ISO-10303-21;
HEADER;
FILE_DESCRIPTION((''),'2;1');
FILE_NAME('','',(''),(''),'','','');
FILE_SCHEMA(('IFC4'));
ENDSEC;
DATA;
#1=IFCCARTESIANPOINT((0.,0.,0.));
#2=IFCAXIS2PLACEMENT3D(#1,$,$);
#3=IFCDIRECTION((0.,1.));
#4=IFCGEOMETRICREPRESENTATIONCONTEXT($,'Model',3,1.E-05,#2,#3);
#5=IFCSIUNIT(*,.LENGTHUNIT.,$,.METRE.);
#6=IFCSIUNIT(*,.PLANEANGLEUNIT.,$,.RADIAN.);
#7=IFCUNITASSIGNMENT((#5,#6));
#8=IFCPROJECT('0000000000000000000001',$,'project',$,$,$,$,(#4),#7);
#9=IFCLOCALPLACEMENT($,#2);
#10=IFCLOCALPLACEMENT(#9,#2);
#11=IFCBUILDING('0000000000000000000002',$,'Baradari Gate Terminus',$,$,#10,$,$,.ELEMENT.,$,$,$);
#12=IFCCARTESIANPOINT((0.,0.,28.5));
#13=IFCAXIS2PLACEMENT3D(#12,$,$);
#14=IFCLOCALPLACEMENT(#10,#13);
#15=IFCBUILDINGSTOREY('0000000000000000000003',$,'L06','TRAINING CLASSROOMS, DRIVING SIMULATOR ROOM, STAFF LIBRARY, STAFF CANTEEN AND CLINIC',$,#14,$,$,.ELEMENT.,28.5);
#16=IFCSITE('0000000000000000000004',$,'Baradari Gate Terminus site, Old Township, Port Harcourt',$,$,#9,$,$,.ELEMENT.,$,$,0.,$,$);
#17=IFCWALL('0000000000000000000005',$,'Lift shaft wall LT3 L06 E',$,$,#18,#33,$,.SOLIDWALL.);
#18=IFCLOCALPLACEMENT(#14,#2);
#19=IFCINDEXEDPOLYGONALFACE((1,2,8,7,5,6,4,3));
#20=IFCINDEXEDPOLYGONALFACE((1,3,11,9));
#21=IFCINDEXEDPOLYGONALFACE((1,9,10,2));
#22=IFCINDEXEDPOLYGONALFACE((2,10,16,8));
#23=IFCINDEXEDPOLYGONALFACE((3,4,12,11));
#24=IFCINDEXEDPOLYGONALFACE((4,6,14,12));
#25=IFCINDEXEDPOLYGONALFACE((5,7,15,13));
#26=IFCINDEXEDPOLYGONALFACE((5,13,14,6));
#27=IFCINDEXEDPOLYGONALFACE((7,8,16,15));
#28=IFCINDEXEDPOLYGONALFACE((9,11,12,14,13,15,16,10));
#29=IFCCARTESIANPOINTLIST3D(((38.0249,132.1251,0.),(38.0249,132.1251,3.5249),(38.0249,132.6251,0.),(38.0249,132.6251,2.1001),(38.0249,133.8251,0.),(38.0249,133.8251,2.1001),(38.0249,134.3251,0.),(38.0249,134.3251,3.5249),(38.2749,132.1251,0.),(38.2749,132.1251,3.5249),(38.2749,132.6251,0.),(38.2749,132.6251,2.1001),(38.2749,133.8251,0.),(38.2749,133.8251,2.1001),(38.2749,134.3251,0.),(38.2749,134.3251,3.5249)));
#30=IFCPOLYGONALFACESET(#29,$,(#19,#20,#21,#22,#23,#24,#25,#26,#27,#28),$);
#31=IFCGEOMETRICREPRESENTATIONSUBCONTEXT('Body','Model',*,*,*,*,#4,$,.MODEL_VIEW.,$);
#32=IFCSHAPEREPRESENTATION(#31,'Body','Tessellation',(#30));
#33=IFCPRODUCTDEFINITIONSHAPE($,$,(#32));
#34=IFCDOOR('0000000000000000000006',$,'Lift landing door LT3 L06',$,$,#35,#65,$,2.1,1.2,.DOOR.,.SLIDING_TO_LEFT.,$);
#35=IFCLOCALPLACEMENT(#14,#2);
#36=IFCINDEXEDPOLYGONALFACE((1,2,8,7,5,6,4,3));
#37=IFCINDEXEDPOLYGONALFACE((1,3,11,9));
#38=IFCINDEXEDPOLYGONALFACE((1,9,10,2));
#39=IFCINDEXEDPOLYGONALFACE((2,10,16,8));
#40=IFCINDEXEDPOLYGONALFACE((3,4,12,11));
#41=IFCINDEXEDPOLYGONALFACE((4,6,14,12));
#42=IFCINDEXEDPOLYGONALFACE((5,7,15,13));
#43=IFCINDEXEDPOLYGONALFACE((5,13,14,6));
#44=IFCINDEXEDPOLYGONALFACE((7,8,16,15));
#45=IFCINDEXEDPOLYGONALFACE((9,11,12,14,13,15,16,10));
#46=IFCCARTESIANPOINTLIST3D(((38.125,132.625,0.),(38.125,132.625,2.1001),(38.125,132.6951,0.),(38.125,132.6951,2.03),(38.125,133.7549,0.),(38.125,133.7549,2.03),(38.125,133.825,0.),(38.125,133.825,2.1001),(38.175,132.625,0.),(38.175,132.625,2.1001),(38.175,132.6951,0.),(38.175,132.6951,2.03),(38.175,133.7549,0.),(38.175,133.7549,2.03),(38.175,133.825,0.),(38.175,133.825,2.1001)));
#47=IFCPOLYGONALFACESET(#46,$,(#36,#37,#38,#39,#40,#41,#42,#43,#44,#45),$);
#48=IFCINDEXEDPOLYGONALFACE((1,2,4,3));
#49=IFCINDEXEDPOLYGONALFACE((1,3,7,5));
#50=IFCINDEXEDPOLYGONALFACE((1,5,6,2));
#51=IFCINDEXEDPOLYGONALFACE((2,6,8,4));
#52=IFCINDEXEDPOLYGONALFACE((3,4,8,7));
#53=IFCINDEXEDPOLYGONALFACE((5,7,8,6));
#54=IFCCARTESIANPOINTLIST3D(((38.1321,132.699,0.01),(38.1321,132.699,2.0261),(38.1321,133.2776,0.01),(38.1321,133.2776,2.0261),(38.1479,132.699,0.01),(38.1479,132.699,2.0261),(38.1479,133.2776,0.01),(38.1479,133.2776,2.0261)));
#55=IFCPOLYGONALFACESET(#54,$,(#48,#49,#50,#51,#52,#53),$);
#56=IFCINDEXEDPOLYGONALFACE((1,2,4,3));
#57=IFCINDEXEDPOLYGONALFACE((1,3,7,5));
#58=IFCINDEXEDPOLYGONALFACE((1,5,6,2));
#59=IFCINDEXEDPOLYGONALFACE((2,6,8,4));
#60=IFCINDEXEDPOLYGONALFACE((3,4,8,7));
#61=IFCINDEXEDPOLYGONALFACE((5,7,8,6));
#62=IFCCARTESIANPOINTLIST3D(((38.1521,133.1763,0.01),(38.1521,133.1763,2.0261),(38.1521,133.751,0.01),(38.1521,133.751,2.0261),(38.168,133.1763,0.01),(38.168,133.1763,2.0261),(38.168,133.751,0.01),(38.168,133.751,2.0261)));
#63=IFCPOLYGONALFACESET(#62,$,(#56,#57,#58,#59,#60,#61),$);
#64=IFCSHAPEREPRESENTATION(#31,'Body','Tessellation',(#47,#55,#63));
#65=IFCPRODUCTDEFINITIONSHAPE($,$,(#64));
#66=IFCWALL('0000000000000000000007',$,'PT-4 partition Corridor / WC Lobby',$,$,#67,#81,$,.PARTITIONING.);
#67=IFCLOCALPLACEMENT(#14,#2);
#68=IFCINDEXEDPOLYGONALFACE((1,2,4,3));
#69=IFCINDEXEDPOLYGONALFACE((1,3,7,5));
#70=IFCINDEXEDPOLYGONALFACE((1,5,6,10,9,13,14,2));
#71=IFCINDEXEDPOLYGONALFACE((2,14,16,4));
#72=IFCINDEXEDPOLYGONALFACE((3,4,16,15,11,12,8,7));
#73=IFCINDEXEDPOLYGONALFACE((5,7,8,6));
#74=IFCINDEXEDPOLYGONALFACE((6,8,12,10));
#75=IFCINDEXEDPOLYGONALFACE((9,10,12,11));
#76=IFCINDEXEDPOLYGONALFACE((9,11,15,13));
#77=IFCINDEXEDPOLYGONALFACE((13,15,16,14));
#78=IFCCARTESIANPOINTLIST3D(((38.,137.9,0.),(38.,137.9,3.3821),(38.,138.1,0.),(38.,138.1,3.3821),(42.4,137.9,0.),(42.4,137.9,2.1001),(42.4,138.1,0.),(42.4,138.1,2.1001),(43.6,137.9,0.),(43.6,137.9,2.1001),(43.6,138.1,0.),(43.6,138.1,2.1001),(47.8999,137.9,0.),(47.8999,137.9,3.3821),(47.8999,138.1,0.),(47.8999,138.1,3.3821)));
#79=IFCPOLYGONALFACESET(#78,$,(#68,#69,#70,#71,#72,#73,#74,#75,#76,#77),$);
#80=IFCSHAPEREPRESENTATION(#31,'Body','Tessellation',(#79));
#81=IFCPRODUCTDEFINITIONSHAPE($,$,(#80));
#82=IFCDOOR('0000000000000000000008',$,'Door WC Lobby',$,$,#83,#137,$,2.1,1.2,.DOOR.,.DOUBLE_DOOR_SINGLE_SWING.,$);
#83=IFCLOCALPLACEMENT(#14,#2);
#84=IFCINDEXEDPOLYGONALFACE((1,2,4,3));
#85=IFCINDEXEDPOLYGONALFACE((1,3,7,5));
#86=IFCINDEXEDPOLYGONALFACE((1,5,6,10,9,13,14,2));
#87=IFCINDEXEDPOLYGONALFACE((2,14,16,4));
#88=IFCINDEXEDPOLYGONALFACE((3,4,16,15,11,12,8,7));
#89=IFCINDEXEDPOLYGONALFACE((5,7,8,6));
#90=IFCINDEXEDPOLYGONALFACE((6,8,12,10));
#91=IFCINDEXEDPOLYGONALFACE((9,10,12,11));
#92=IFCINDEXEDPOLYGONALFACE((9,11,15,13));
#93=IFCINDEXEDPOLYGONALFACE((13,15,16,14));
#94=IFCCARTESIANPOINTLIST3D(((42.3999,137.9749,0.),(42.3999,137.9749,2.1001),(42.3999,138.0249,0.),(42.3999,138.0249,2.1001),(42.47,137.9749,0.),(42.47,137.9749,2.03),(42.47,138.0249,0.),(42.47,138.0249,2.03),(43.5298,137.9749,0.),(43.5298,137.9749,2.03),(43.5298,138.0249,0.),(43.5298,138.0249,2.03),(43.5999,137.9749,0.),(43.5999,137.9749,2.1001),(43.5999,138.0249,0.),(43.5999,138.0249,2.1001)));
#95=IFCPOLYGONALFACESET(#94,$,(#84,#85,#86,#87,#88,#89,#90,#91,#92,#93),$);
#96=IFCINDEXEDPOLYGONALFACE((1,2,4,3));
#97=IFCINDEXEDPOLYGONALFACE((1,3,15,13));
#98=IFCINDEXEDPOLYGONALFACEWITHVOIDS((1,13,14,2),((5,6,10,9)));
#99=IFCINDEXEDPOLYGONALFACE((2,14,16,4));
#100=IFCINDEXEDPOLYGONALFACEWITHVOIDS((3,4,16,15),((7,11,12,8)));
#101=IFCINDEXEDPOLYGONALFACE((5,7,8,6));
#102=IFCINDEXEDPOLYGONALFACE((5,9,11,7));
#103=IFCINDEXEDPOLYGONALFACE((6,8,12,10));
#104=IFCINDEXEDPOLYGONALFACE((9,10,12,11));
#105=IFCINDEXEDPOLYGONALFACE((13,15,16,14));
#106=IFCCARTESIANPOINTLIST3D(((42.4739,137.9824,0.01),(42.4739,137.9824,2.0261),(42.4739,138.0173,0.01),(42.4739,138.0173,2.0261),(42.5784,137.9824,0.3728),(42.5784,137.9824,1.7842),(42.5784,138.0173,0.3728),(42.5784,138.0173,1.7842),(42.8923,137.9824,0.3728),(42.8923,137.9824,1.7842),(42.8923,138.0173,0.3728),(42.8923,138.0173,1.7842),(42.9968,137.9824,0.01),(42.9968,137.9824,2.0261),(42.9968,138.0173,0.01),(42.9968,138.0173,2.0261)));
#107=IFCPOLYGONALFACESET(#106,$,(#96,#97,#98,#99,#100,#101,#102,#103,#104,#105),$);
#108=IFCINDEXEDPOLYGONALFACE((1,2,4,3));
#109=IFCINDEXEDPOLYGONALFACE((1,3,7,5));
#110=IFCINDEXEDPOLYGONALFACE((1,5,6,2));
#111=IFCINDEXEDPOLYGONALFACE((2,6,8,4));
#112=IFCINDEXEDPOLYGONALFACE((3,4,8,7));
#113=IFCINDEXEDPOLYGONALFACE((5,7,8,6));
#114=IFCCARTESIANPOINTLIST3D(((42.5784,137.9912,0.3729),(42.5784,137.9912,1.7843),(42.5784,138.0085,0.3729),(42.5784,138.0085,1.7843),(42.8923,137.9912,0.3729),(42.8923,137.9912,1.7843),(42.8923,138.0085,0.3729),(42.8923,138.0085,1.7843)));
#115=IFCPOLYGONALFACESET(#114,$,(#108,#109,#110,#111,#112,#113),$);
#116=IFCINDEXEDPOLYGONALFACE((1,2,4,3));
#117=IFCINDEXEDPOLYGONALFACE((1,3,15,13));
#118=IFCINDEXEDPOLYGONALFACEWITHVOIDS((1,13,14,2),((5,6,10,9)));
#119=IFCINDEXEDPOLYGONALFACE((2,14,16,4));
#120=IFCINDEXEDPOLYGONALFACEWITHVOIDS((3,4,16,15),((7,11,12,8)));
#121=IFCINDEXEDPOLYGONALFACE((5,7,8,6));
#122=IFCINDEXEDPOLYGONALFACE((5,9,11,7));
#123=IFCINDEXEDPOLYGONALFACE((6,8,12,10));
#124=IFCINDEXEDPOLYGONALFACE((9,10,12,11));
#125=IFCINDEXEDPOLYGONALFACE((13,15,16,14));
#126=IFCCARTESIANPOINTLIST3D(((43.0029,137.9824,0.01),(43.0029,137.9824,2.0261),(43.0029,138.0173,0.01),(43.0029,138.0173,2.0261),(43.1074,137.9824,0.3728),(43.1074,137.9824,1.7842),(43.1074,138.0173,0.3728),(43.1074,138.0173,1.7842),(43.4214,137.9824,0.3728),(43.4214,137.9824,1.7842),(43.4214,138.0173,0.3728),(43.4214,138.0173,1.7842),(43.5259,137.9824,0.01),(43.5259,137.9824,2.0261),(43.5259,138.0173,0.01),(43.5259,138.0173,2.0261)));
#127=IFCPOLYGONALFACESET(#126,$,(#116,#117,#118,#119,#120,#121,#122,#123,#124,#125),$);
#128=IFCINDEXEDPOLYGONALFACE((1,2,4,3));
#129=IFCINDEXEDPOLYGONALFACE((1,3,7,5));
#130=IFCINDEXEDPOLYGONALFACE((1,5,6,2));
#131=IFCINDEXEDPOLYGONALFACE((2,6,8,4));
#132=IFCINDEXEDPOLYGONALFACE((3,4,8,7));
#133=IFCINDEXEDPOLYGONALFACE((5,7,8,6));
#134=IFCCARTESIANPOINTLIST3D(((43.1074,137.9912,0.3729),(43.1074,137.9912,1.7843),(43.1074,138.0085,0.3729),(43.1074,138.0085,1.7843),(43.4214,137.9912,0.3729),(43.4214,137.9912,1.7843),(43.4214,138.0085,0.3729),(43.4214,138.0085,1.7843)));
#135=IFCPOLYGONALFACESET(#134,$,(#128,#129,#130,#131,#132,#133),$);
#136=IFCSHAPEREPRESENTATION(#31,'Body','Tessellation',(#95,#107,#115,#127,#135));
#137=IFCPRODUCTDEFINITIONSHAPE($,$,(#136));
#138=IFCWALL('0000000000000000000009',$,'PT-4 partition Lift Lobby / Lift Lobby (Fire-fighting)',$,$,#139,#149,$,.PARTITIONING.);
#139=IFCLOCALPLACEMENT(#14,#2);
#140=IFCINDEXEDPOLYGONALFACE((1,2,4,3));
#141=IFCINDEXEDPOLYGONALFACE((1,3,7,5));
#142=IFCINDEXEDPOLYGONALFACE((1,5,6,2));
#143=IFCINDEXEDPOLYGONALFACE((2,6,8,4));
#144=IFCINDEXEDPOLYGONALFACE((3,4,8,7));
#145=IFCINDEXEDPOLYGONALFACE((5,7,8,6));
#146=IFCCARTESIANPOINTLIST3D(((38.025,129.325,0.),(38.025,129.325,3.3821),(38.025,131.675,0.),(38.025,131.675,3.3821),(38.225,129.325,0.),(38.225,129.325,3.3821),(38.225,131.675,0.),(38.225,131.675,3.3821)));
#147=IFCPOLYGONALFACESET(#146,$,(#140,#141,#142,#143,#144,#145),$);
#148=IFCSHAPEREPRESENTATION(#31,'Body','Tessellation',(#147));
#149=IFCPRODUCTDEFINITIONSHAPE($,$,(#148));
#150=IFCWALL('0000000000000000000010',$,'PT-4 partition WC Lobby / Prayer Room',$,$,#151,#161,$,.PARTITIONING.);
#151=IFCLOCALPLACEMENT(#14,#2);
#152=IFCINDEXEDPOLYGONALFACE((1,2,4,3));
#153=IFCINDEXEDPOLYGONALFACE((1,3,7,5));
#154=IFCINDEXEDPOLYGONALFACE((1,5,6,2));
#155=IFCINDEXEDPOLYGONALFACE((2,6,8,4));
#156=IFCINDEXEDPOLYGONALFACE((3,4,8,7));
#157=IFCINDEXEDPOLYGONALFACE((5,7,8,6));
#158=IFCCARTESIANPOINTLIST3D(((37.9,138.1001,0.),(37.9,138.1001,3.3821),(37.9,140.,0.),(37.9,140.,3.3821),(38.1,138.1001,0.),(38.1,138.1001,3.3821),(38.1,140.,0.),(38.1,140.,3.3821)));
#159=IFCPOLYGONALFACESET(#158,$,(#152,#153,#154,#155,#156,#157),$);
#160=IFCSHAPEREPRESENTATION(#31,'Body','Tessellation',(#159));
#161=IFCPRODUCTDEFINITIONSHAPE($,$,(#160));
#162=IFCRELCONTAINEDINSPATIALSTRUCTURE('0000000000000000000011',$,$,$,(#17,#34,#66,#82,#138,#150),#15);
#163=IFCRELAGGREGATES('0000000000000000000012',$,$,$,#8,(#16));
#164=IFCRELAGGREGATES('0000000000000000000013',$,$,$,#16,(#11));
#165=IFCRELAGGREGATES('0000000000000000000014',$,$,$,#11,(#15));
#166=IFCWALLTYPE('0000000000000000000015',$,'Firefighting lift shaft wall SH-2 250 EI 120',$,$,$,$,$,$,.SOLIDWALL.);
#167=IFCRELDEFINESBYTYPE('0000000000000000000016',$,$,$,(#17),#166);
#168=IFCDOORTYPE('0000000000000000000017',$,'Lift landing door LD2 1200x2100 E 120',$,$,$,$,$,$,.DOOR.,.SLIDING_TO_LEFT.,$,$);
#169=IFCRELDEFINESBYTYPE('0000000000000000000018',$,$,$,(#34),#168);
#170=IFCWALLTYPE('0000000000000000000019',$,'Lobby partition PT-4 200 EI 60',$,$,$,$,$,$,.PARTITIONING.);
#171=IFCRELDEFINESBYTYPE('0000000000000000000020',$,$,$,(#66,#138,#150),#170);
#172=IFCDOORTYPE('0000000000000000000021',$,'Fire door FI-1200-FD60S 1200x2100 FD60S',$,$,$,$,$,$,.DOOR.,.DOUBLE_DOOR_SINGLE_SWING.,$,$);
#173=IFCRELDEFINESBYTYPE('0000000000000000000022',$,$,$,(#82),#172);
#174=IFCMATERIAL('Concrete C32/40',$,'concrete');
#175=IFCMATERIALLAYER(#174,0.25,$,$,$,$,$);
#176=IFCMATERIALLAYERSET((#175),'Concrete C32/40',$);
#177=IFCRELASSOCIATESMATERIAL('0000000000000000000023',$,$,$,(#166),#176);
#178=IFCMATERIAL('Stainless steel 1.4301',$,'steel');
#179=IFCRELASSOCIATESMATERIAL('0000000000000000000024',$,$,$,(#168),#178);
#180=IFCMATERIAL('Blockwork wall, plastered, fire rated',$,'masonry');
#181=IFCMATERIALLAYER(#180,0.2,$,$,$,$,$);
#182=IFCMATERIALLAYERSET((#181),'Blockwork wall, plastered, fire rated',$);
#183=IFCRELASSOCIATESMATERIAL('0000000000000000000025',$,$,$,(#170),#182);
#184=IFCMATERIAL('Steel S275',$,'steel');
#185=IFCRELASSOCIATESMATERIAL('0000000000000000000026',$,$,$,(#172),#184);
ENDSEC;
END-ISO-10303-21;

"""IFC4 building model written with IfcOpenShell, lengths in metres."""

from ifc_helpers import new_model, si_unit, direction, frame, frame_2d, origin, place, context, subcontext, project, spatial, polyline, rectangle, outline, extrude, material, layer, layer_set, type_object, element, fill, save


model = new_model("IFC4")

# Units and contexts
model_context = context("Model", 3, precision=1e-05, world=origin(), true_north=direction((0.0, 1.0)))
body_context = subcontext(model_context, "Body", "Model", "MODEL_VIEW")
ifc_project = project(units=[si_unit("LENGTHUNIT", "METRE"), si_unit("PLANEANGLEUNIT", "RADIAN")], contexts=[model_context])

# Site, building, storey
site_placement = place(None, origin())
site = spatial("IfcSite", under=ifc_project, at=site_placement, Name="Baradari Gate Terminus site, Old Township, Port Harcourt", CompositionType="ELEMENT", RefElevation=0.0)
building_placement = place(site_placement, origin())
building = spatial("IfcBuilding", under=site, at=building_placement, Name="Baradari Gate Terminus", CompositionType="ELEMENT")
storey_placement = place(building_placement, frame((0.0, 0.0, 28.5)))
storey = spatial("IfcBuildingStorey", under=building, at=storey_placement, Name="L06", Description="TRAINING CLASSROOMS, DRIVING SIMULATOR ROOM, STAFF LIBRARY, STAFF CANTEEN AND CLINIC", CompositionType="ELEMENT", Elevation=28.5)

# Shared definitions
ifc_material_1 = material(Name="Concrete C32/40", Category="concrete")
ifc_layer_1 = layer(ifc_material_1, 0.25)
ifc_layer_set_1 = layer_set([ifc_layer_1], Name="Concrete C32/40")
wall_type_1 = type_object("IfcWallType", Name="Firefighting lift shaft wall SH-2 250 EI 120", PredefinedType="SOLIDWALL", material=ifc_layer_set_1)

# Walls, openings, doors
wall_1_placement = place(storey_placement, frame((38.1499, 132.125, 0.0), z_axis=(0.0, 0.0, 1.0), x_axis=(0.0, 1.0, 0.0)))
wall_1 = element("IfcWall", 1, at=wall_1_placement, inside=storey, type_object=wall_type_1, Name="Lift shaft wall LT3 L06 E", PredefinedType="SOLIDWALL", context=body_context, shape_type="SweptSolid", body=[
    extrude(rectangle(XDim=2.2, YDim=0.25, at=frame_2d((1.1001, 0.0))), origin(), (0.0, 0.0, 1.0), 3.5249),
])
opening_1_placement = place(wall_1_placement, frame((0.5, 0.0, 0.0)))
opening_1 = element("IfcOpeningElement", 2, at=opening_1_placement, cuts=wall_1, PredefinedType="OPENING", context=body_context, shape_type="SweptSolid", body=[
    extrude(rectangle(XDim=1.2, YDim=2.1001, at=frame_2d((0.6001, 1.05))), frame((0.0, 0.135, 0.0), z_axis=(0.0, -1.0, 0.0), x_axis=(1.0, 0.0, 0.0)), (0.0, 0.0, 1.0), 0.27),
])
ifc_material_2 = material(Name="Stainless steel 1.4301", Category="steel")
door_type_1 = type_object("IfcDoorType", Name="Lift landing door LD2 1200x2100 E 120", OperationType="SLIDING_TO_LEFT", PredefinedType="DOOR", material=ifc_material_2)
door_1_placement = place(opening_1_placement, origin())
door_1 = element("IfcDoor", 3, at=door_1_placement, inside=storey, type_object=door_type_1, Name="Lift landing door LT3 L06", OperationType="SLIDING_TO_LEFT", OverallHeight=2.1, OverallWidth=1.2, PredefinedType="DOOR", context=body_context, shape_type="SweptSolid", body=[
    extrude(outline(polyline([(0.0, 0.0), (0.0701, 0.0), (0.0701, 2.03), (1.1299, 2.03), (1.1299, 0.0), (1.2, 0.0), (1.2, 2.1001), (0.0, 2.1001), (0.0, 0.0)])), frame((0.0, 0.0249, 0.0), z_axis=(0.0, -1.0, 0.0), x_axis=(1.0, 0.0, 0.0)), (0.0, 0.0, 1.0), 0.05),
    extrude(rectangle(XDim=0.5786, YDim=2.0161, at=frame_2d((0.3633, 1.0181))), frame((0.0, 0.0178, 0.0), z_axis=(0.0, -1.0, 0.0), x_axis=(1.0, 0.0, 0.0)), (0.0, 0.0, 1.0), 0.0159),
    extrude(rectangle(XDim=0.5747, YDim=2.0161, at=frame_2d((0.8386, 1.0181))), frame((0.0, -0.0022, 0.0), z_axis=(0.0, -1.0, 0.0), x_axis=(1.0, 0.0, 0.0)), (0.0, 0.0, 1.0), 0.0159),
])
fill(opening_1, door_1)
ifc_material_3 = material(Name="Blockwork wall, plastered, fire rated", Category="masonry")
ifc_layer_2 = layer(ifc_material_3, 0.2)
ifc_layer_set_2 = layer_set([ifc_layer_2], Name="Blockwork wall, plastered, fire rated")
wall_type_2 = type_object("IfcWallType", Name="Lobby partition PT-4 200 EI 60", PredefinedType="PARTITIONING", material=ifc_layer_set_2)
wall_2_placement = place(storey_placement, frame((38.0, 138.0, 0.0), z_axis=(0.0, 0.0, 1.0), x_axis=(1.0, 0.0, 0.0)))
wall_2 = element("IfcWall", 4, at=wall_2_placement, inside=storey, type_object=wall_type_2, Name="PT-4 partition Corridor / WC Lobby", PredefinedType="PARTITIONING", context=body_context, shape_type="SweptSolid", body=[
    extrude(rectangle(XDim=9.8999, YDim=0.2, at=frame_2d((4.95, 0.0))), origin(), (0.0, 0.0, 1.0), 3.3821),
])
opening_2_placement = place(wall_2_placement, frame((4.3999, 0.0, 0.0)))
opening_2 = element("IfcOpeningElement", 5, at=opening_2_placement, cuts=wall_2, PredefinedType="OPENING", context=body_context, shape_type="SweptSolid", body=[
    extrude(rectangle(XDim=1.2, YDim=2.1001, at=frame_2d((0.6001, 1.05))), frame((0.0, 0.1099, 0.0), z_axis=(0.0, -1.0, 0.0), x_axis=(1.0, 0.0, 0.0)), (0.0, 0.0, 1.0), 0.22),
])
ifc_material_4 = material(Name="Steel S275", Category="steel")
door_type_2 = type_object("IfcDoorType", Name="Fire door FI-1200-FD60S 1200x2100 FD60S", OperationType="DOUBLE_DOOR_SINGLE_SWING", PredefinedType="DOOR", material=ifc_material_4)
door_2_placement = place(opening_2_placement, origin())
door_2 = element("IfcDoor", 6, at=door_2_placement, inside=storey, type_object=door_type_2, Name="Door WC Lobby", OperationType="DOUBLE_DOOR_SINGLE_SWING", OverallHeight=2.1, OverallWidth=1.2, PredefinedType="DOOR", context=body_context, shape_type="SweptSolid", body=[
    extrude(outline(polyline([(0.0, 0.0), (0.0701, 0.0), (0.0701, 2.03), (1.1299, 2.03), (1.1299, 0.0), (1.2, 0.0), (1.2, 2.1001), (0.0, 2.1001), (0.0, 0.0)])), frame((0.0, 0.0249, 0.0), z_axis=(0.0, -1.0, 0.0), x_axis=(1.0, 0.0, 0.0)), (0.0, 0.0, 1.0), 0.05),
    extrude(outline(polyline([(0.074, 0.01), (0.5969, 0.01), (0.5969, 2.0261), (0.074, 2.0261), (0.074, 0.01)]), holes=[polyline([(0.1785, 0.3728), (0.4924, 0.3728), (0.4924, 1.7842), (0.1785, 1.7842), (0.1785, 0.3728)])]), frame((0.0, 0.0173, 0.0), z_axis=(0.0, -1.0, 0.0), x_axis=(1.0, 0.0, 0.0)), (0.0, 0.0, 1.0), 0.0349),
    extrude(rectangle(XDim=0.314, YDim=1.4114, at=frame_2d((0.3354, 1.0786))), frame((0.0, 0.0085, 0.0), z_axis=(0.0, -1.0, 0.0), x_axis=(1.0, 0.0, 0.0)), (0.0, 0.0, 1.0), 0.0173),
    extrude(outline(polyline([(0.603, 0.01), (1.126, 0.01), (1.126, 2.0261), (0.603, 2.0261), (0.603, 0.01)]), holes=[polyline([(0.7075, 0.3728), (1.0215, 0.3728), (1.0215, 1.7842), (0.7075, 1.7842), (0.7075, 0.3728)])]), frame((0.0, 0.0173, 0.0), z_axis=(0.0, -1.0, 0.0), x_axis=(1.0, 0.0, 0.0)), (0.0, 0.0, 1.0), 0.0349),
    extrude(rectangle(XDim=0.314, YDim=1.4114, at=frame_2d((0.8645, 1.0786))), frame((0.0, 0.0085, 0.0), z_axis=(0.0, -1.0, 0.0), x_axis=(1.0, 0.0, 0.0)), (0.0, 0.0, 1.0), 0.0173),
])
fill(opening_2, door_2)

# Walls
wall_3_placement = place(storey_placement, frame((38.125, 131.675, 0.0), z_axis=(0.0, 0.0, 1.0), x_axis=(0.0, -1.0, 0.0)))
element("IfcWall", 7, at=wall_3_placement, inside=storey, type_object=wall_type_2, Name="PT-4 partition Lift Lobby / Lift Lobby (Fire-fighting)", PredefinedType="PARTITIONING", context=body_context, shape_type="SweptSolid", body=[
    extrude(rectangle(XDim=2.3501, YDim=0.2, at=frame_2d((1.175, 0.0))), origin(), (0.0, 0.0, 1.0), 3.3821),
])
wall_4_placement = place(storey_placement, frame((38.0, 138.1001, 0.0), z_axis=(0.0, 0.0, 1.0), x_axis=(0.0, 1.0, 0.0)))
element("IfcWall", 8, at=wall_4_placement, inside=storey, type_object=wall_type_2, Name="PT-4 partition WC Lobby / Prayer Room", PredefinedType="PARTITIONING", context=body_context, shape_type="SweptSolid", body=[
    extrude(rectangle(XDim=1.8999, YDim=0.2, at=frame_2d((0.95, 0.0))), origin(), (0.0, 0.0, 1.0), 3.3821),
])

save(model, "model.ifc")
